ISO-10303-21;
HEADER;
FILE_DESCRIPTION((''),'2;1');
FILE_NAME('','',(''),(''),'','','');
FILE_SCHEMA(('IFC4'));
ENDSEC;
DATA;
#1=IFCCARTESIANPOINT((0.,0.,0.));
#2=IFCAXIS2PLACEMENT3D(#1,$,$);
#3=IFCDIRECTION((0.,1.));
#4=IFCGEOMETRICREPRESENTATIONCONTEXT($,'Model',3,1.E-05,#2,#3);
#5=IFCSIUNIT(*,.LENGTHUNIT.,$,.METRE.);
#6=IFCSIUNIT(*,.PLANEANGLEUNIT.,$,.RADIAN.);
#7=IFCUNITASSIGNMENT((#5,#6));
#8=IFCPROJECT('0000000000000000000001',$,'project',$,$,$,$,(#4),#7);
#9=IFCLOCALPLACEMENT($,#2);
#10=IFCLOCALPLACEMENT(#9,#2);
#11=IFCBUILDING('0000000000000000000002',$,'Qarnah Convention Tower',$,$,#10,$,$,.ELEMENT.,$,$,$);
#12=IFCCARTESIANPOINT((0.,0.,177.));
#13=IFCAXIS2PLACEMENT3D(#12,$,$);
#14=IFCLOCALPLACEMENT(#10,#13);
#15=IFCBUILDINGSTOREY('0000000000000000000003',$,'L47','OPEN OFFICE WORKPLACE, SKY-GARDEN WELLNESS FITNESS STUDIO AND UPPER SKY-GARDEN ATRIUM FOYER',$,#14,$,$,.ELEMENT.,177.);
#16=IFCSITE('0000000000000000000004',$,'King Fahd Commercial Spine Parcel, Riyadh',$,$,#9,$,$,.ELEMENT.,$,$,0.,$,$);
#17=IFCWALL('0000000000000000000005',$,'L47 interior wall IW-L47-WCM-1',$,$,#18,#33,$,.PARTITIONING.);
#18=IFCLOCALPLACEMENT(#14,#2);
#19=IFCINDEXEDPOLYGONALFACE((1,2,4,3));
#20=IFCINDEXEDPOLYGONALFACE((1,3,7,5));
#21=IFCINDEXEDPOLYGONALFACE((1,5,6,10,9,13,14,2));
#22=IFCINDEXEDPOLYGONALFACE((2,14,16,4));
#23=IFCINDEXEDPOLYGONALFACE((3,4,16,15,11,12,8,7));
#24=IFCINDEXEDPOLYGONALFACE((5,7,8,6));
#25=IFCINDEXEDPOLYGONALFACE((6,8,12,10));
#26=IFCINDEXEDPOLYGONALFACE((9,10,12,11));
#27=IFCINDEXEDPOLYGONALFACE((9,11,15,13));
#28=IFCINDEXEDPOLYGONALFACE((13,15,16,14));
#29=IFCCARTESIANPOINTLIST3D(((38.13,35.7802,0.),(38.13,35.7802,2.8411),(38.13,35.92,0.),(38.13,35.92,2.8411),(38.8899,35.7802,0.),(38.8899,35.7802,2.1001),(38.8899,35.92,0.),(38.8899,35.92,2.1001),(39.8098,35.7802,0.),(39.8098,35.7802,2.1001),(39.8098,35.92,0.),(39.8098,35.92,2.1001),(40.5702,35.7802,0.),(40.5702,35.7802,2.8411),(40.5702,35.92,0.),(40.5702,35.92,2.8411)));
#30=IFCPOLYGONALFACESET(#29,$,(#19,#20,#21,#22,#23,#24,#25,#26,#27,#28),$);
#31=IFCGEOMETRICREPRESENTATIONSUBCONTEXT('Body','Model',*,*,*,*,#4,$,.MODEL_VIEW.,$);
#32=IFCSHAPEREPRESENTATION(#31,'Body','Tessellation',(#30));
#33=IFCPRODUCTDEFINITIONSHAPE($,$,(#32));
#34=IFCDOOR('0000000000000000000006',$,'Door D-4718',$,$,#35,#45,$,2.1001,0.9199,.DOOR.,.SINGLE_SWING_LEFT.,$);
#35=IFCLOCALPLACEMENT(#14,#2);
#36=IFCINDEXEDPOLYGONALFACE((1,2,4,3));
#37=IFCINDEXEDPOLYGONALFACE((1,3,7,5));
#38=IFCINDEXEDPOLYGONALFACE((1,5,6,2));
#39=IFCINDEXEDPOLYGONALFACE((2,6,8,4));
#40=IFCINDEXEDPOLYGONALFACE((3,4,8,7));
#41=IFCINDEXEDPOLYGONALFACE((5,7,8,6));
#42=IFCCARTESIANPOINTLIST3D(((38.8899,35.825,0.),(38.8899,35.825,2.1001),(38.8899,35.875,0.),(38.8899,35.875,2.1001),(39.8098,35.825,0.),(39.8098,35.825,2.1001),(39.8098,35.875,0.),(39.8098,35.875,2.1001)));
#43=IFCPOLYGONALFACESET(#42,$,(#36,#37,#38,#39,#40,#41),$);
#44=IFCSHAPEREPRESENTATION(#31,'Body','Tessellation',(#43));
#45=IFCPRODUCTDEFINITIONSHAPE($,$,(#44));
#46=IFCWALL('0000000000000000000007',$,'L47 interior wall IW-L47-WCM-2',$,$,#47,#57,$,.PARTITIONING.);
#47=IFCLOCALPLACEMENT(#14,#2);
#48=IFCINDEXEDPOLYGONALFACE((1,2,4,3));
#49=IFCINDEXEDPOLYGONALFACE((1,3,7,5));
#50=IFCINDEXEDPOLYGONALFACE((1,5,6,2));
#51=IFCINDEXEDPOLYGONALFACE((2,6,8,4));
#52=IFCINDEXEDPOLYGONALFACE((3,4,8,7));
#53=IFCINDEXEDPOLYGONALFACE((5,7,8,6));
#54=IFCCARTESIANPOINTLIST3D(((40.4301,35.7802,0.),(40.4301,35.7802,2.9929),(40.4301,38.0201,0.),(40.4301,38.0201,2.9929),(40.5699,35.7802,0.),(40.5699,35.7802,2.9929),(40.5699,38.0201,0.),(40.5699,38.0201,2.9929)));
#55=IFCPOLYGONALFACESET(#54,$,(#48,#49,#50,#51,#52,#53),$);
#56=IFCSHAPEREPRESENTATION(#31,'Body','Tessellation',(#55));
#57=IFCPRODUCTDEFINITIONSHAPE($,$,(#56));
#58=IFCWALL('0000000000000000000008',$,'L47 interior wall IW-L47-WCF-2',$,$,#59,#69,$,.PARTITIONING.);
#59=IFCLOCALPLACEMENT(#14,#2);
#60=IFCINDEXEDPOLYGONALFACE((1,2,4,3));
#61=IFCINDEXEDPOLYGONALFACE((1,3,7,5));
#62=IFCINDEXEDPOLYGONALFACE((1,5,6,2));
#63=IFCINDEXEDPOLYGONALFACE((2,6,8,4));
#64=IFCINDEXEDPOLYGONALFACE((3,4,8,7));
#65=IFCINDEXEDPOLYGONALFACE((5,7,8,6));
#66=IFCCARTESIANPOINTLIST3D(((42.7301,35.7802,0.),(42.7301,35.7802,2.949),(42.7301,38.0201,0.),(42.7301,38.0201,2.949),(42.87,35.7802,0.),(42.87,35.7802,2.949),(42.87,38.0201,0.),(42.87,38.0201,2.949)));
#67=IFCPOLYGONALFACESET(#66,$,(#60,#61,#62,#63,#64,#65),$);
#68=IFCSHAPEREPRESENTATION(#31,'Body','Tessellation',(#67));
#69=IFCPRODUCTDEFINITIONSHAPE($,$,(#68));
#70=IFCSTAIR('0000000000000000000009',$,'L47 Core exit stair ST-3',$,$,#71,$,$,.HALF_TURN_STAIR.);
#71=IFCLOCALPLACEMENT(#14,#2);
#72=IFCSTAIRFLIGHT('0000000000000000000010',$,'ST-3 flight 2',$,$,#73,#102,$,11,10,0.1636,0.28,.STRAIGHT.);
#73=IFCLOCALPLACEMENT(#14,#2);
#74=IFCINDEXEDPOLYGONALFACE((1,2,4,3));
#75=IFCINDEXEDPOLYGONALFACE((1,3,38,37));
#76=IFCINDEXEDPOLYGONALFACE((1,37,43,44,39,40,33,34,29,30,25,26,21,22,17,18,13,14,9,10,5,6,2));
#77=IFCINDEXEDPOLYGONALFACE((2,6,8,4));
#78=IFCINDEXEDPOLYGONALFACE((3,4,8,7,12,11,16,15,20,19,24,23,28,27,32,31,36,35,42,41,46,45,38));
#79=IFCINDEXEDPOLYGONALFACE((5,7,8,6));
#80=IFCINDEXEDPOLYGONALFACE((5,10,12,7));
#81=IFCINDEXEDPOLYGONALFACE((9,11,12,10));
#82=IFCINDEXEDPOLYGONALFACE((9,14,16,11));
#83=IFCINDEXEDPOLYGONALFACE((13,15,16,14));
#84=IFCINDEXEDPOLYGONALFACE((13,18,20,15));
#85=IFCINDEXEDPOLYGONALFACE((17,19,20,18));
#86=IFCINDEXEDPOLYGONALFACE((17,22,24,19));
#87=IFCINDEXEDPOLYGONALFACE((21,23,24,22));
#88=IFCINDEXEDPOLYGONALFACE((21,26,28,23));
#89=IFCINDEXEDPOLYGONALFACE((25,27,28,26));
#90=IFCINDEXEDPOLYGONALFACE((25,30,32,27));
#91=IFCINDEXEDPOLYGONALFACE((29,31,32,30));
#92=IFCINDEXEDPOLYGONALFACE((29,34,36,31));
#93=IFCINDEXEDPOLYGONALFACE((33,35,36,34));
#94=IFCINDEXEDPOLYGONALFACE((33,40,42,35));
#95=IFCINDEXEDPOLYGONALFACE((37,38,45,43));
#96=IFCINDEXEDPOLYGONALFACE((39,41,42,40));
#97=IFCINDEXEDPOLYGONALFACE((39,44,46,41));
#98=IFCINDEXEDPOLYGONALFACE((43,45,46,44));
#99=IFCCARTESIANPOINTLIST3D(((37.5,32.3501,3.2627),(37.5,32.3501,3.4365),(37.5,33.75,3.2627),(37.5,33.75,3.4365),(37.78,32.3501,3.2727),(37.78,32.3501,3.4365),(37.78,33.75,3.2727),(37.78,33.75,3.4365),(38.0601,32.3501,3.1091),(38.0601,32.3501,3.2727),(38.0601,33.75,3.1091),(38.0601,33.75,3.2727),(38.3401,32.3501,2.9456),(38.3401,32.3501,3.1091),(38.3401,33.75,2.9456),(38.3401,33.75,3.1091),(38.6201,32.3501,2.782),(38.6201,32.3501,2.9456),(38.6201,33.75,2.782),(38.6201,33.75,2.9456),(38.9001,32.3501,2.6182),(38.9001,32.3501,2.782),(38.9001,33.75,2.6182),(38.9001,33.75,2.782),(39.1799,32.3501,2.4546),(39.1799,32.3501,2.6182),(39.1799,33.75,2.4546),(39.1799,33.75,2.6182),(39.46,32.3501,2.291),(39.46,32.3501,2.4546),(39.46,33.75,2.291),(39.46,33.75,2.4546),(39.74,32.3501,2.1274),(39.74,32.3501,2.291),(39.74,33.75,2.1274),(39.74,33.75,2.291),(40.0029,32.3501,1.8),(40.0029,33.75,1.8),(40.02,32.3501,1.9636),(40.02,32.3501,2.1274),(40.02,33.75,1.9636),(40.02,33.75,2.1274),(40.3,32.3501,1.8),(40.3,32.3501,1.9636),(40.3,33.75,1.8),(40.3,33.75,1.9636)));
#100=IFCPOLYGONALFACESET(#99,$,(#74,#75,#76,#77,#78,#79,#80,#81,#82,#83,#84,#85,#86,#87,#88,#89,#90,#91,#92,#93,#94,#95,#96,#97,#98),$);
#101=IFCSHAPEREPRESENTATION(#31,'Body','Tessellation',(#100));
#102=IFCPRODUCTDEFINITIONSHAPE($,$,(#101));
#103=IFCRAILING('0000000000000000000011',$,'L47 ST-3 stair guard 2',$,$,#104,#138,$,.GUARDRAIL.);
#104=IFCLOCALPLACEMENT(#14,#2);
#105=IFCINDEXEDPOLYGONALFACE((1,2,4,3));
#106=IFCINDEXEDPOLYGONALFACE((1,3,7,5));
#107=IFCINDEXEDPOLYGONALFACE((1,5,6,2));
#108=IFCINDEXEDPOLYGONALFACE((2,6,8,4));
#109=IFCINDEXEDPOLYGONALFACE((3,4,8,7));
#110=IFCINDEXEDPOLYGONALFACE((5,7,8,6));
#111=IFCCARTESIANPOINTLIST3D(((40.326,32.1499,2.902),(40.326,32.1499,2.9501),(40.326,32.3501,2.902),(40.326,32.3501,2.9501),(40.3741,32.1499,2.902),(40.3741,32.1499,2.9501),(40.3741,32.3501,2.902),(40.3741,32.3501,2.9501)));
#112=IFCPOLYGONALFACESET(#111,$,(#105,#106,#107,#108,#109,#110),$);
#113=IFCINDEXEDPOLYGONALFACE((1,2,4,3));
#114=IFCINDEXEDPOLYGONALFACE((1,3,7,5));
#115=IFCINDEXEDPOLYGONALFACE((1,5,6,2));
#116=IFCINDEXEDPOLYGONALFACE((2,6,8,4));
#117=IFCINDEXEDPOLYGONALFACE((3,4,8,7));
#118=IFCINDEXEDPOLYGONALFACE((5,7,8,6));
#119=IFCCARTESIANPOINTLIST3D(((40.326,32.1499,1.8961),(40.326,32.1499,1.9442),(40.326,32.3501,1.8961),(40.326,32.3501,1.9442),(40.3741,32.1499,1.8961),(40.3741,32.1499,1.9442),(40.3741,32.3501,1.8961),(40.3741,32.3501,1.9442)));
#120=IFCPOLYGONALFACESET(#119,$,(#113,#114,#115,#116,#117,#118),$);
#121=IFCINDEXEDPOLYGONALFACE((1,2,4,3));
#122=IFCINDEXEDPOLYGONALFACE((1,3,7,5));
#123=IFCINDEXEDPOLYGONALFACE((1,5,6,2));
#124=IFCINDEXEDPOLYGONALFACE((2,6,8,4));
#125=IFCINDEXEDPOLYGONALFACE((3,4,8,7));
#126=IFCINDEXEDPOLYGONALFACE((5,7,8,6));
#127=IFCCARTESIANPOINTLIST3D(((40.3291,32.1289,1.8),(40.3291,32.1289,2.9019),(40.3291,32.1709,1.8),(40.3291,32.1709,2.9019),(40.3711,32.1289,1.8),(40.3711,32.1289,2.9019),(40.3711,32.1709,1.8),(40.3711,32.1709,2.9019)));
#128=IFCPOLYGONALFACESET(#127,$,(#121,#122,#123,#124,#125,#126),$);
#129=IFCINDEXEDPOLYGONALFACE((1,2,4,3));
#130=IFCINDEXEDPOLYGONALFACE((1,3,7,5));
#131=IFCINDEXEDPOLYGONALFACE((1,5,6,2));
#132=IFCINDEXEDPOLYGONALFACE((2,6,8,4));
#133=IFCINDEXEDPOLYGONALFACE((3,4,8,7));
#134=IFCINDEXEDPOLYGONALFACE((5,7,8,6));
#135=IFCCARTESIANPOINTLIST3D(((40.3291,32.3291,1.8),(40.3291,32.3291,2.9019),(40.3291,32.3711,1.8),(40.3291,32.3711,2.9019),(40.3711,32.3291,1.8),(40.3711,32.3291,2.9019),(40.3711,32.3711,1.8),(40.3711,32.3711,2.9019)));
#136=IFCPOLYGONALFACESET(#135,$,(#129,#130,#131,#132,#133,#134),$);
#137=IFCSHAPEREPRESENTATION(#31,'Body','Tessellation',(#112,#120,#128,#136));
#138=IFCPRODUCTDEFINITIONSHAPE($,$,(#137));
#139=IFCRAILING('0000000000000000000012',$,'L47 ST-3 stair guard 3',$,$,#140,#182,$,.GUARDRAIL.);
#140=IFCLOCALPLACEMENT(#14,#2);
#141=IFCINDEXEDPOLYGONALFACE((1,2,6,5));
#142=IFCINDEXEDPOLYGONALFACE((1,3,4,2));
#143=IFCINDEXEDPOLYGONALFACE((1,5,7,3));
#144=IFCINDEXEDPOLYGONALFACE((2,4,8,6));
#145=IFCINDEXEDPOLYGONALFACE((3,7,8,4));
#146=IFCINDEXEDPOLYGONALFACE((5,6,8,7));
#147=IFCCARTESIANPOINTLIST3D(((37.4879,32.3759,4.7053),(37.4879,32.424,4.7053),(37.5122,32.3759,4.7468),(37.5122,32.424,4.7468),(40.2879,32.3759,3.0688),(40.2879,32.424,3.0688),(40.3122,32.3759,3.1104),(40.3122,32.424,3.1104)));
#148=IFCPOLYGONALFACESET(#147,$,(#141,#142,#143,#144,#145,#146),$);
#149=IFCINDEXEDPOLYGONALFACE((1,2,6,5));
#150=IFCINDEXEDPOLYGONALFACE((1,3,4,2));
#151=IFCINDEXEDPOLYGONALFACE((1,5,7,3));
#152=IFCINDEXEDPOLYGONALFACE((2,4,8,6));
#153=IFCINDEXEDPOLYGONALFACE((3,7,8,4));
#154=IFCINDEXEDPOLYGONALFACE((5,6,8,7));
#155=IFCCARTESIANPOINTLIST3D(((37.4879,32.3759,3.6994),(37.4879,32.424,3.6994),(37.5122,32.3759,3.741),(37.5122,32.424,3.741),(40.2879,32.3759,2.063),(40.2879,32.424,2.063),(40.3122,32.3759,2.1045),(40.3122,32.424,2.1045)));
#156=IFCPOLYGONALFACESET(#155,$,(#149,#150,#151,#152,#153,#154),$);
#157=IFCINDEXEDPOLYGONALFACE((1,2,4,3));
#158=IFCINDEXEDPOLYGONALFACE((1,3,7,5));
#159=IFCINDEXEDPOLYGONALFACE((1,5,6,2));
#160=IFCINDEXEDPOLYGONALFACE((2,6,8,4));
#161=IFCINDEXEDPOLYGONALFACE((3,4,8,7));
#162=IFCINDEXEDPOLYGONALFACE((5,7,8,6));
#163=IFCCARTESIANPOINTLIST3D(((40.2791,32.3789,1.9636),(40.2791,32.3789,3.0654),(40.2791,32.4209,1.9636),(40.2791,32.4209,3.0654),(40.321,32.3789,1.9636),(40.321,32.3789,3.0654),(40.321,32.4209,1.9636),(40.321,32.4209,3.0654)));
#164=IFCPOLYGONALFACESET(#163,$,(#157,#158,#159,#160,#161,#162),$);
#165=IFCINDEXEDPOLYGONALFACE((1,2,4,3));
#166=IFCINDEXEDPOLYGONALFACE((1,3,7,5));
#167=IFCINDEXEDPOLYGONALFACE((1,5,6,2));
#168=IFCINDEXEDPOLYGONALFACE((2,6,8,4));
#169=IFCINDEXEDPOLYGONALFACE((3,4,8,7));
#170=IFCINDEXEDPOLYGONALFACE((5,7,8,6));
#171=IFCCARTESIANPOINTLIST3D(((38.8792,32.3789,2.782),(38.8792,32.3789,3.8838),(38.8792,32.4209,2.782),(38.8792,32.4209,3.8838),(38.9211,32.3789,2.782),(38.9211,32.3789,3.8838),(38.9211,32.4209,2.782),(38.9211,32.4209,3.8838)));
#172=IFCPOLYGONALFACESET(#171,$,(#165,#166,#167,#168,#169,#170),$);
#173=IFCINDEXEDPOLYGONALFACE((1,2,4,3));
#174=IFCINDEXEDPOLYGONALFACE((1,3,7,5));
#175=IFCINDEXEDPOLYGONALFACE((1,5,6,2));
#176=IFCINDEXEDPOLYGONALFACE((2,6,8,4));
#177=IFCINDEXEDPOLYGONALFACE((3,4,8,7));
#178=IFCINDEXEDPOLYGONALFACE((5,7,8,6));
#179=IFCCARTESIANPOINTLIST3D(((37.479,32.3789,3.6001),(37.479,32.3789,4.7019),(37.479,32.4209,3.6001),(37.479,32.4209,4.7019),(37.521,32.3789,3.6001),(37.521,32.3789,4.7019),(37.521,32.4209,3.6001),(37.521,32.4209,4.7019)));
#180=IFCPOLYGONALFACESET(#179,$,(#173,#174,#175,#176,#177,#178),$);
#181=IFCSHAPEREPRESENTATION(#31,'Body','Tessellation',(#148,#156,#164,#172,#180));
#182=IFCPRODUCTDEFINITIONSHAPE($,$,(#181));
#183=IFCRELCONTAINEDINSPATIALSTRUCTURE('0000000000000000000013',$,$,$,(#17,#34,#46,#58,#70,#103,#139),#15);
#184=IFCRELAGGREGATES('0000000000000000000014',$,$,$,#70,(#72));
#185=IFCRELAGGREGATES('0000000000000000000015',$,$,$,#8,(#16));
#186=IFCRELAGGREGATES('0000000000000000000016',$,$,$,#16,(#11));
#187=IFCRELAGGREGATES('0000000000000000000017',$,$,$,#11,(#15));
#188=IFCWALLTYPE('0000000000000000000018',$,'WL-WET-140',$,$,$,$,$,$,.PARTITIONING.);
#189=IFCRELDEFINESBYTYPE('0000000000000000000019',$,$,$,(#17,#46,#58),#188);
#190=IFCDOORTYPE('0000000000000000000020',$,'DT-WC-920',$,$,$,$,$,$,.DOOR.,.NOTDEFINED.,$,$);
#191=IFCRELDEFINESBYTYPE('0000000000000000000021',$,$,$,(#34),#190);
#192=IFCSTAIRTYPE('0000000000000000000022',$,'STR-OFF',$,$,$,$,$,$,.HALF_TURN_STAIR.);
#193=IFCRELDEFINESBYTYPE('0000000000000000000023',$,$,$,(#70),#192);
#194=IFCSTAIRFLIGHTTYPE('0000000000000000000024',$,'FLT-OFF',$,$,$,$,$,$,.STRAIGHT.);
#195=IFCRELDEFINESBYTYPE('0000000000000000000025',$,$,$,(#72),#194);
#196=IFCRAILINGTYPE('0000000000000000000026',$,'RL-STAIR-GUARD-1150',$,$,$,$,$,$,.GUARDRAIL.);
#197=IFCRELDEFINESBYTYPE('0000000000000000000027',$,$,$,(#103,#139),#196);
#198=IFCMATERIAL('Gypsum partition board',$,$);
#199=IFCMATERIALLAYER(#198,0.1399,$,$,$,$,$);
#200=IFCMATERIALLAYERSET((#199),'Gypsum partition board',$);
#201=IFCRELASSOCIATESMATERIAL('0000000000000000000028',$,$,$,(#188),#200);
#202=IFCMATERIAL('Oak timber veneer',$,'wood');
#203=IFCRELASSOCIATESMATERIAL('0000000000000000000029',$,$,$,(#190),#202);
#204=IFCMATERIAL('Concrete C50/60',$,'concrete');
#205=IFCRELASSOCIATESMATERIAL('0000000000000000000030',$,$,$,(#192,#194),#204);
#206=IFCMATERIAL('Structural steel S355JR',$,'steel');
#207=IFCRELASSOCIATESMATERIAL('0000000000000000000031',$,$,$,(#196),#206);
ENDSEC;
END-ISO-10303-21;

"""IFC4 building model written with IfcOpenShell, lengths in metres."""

from ifc_helpers import new_model, si_unit, direction, frame, frame_2d, origin, origin_2d, place, context, subcontext, project, spatial, polyline, rectangle, outline, extrude, material, layer, layer_set, type_object, element, fill, aggregate, save


model = new_model("IFC4")

# Units and contexts
model_context = context("Model", 3, precision=1e-05, world=origin(), true_north=direction((0.0, 1.0)))
body_context = subcontext(model_context, "Body", "Model", "MODEL_VIEW")
ifc_project = project(units=[si_unit("LENGTHUNIT", "METRE"), si_unit("PLANEANGLEUNIT", "RADIAN")], contexts=[model_context])

# Site, building, storey
site_placement = place(None, origin())
site = spatial("IfcSite", under=ifc_project, at=site_placement, Name="King Fahd Commercial Spine Parcel, Riyadh", CompositionType="ELEMENT", RefElevation=0.0)
building_placement = place(site_placement, origin())
building = spatial("IfcBuilding", under=site, at=building_placement, Name="Qarnah Convention Tower", CompositionType="ELEMENT")
storey_placement = place(building_placement, frame((0.0, 0.0, 177.0)))
storey = spatial("IfcBuildingStorey", under=building, at=storey_placement, Name="L47", Description="OPEN OFFICE WORKPLACE, SKY-GARDEN WELLNESS FITNESS STUDIO AND UPPER SKY-GARDEN ATRIUM FOYER", CompositionType="ELEMENT", Elevation=177.0)

# Shared definitions
ifc_material_1 = material(Name="Structural steel S355JR", Category="steel")

# Shared definitions
ifc_material_2 = material(Name="Gypsum partition board")

# Wall, opening, door
ifc_layer_1 = layer(ifc_material_2, 0.1399)
ifc_layer_set_1 = layer_set([ifc_layer_1], Name="Gypsum partition board")
wall_type_1 = type_object("IfcWallType", Name="WL-WET-140", PredefinedType="PARTITIONING", material=ifc_layer_set_1)
wall_1_placement = place(storey_placement, frame((38.1299, 35.8501, 0.0), z_axis=(0.0, 0.0, 1.0), x_axis=(1.0, 0.0, 0.0)))
wall_1 = element("IfcWall", 1, at=wall_1_placement, inside=storey, type_object=wall_type_1, Name="L47 interior wall IW-L47-WCM-1", PredefinedType="PARTITIONING", context=body_context, shape_type="SweptSolid", body=[
    extrude(rectangle(XDim=2.4402, YDim=0.1399, at=frame_2d((1.2202, 0.0))), origin(), (0.0, 0.0, 1.0), 2.8411),
])
opening_1_placement = place(wall_1_placement, frame((0.76, 0.0, 0.0)))
opening_1 = element("IfcOpeningElement", 2, at=opening_1_placement, cuts=wall_1, PredefinedType="OPENING", context=body_context, shape_type="SweptSolid", body=[
    extrude(rectangle(XDim=0.9199, YDim=2.1001, at=frame_2d((0.46, 1.05))), frame((0.0, 0.0798, 0.0), z_axis=(0.0, -1.0, 0.0), x_axis=(1.0, 0.0, 0.0)), (0.0, 0.0, 1.0), 0.1599),
])
ifc_material_3 = material(Name="Oak timber veneer", Category="wood")
door_type_1 = type_object("IfcDoorType", Name="DT-WC-920", OperationType="NOTDEFINED", PredefinedType="DOOR", material=ifc_material_3)
door_1_placement = place(opening_1_placement, origin())
door_1 = element("IfcDoor", 3, at=door_1_placement, inside=storey, type_object=door_type_1, Name="Door D-4718", OperationType="SINGLE_SWING_LEFT", OverallHeight=2.1001, OverallWidth=0.9199, PredefinedType="DOOR", context=body_context, shape_type="SweptSolid", body=[
    extrude(rectangle(XDim=0.9199, YDim=2.1001, at=frame_2d((0.46, 1.05))), frame((0.0, 0.0249, 0.0), z_axis=(0.0, -1.0, 0.0), x_axis=(1.0, 0.0, 0.0)), (0.0, 0.0, 1.0), 0.05),
])
fill(opening_1, door_1)

# Walls
wall_2_placement = place(storey_placement, frame((40.5, 35.78, 0.0), z_axis=(0.0, 0.0, 1.0), x_axis=(0.0, 1.0, 0.0)))
element("IfcWall", 4, at=wall_2_placement, inside=storey, type_object=wall_type_1, Name="L47 interior wall IW-L47-WCM-2", PredefinedType="PARTITIONING", context=body_context, shape_type="SweptSolid", body=[
    extrude(rectangle(XDim=2.24, YDim=0.1399, at=frame_2d((1.1201, 0.0))), origin(), (0.0, 0.0, 1.0), 2.9929),
])
wall_3_placement = place(storey_placement, frame((42.8, 35.78, 0.0), z_axis=(0.0, 0.0, 1.0), x_axis=(0.0, 1.0, 0.0)))
element("IfcWall", 5, at=wall_3_placement, inside=storey, type_object=wall_type_1, Name="L47 interior wall IW-L47-WCF-2", PredefinedType="PARTITIONING", context=body_context, shape_type="SweptSolid", body=[
    extrude(rectangle(XDim=2.24, YDim=0.1399, at=frame_2d((1.1201, 0.0))), origin(), (0.0, 0.0, 1.0), 2.949),
])

# Stair, stair flight
ifc_material_4 = material(Name="Concrete C50/60", Category="concrete")
stair_type = type_object("IfcStairType", Name="STR-OFF", PredefinedType="HALF_TURN_STAIR", material=ifc_material_4)
stair_placement = place(storey_placement, origin())
stair = element("IfcStair", 6, at=stair_placement, inside=storey, type_object=stair_type, Name="L47 Core exit stair ST-3", PredefinedType="HALF_TURN_STAIR")
stair_flight_type = type_object("IfcStairFlightType", Name="FLT-OFF", PredefinedType="STRAIGHT", material=ifc_material_4)
stair_flight_placement = place(storey_placement, frame((40.3, 33.05, 1.8), z_axis=(0.0, 0.0, 1.0), x_axis=(-1.0, 0.0, 0.0)))
stair_flight = element("IfcStairFlight", 7, at=stair_flight_placement, type_object=stair_flight_type, Name="ST-3 flight 2", NumberOfRisers=11, NumberOfTreads=10, PredefinedType="STRAIGHT", RiserHeight=0.1636, TreadLength=0.28, context=body_context, shape_type="SweptSolid", body=[
    extrude(outline(polyline([(0.0, 0.0), (0.0, 0.1636), (0.28, 0.1636), (0.28, 0.3274), (0.5601, 0.3274), (0.5601, 0.491), (0.8401, 0.491), (0.8401, 0.6545), (1.1201, 0.6545), (1.1201, 0.8181), (1.3999, 0.8181), (1.3999, 0.9819), (1.6799, 0.9819), (1.6799, 1.1455), (1.96, 1.1455), (1.96, 1.3091), (2.24, 1.3091), (2.24, 1.4727), (2.52, 1.4727), (2.52, 1.6365), (2.8, 1.6365), (2.8, 1.8), (2.8, 1.4626), (0.2971, 0.0), (0.0, 0.0)])), frame((0.0, 0.7, 0.0), z_axis=(0.0, -1.0, 0.0), x_axis=(1.0, 0.0, 0.0)), (0.0, 0.0, 1.0), 1.3999),
])
aggregate(stair, [stair_flight])

# Railings
railing_type_1 = type_object("IfcRailingType", Name="RL-STAIR-GUARD-1150", PredefinedType="GUARDRAIL", material=ifc_material_1)
railing_1_placement = place(storey_placement, frame((40.3501, 32.1499, 1.8)))
element("IfcRailing", 8, at=railing_1_placement, inside=storey, type_object=railing_type_1, Name="L47 ST-3 stair guard 2", PredefinedType="GUARDRAIL", context=body_context, shape_type="SweptSolid", body=[
    extrude(rectangle(XDim=0.0481, YDim=0.0481, at=origin_2d()), frame((0.0, 0.0, 1.126), z_axis=(0.0, 1.0, 0.0), x_axis=(-1.0, 0.0, 0.0)), (0.0, 0.0, 1.0), 0.2002),
    extrude(rectangle(XDim=0.0481, YDim=0.0481, at=origin_2d()), frame((0.0, 0.0, 0.1201), z_axis=(0.0, 1.0, 0.0), x_axis=(-1.0, 0.0, 0.0)), (0.0, 0.0, 1.0), 0.2002),
    extrude(rectangle(XDim=0.042, YDim=0.042, at=origin_2d()), origin(), (0.0, 0.0, 1.0), 1.1018),
    extrude(rectangle(XDim=0.042, YDim=0.042, at=origin_2d()), frame((0.0, 0.2002, 0.0)), (0.0, 0.0, 1.0), 1.1018),
])
railing_2_placement = place(storey_placement, frame((40.3, 32.3999, 1.9636)))
element("IfcRailing", 9, at=railing_2_placement, inside=storey, type_object=railing_type_1, Name="L47 ST-3 stair guard 3", PredefinedType="GUARDRAIL", context=body_context, shape_type="SweptSolid", body=[
    extrude(rectangle(XDim=0.0481, YDim=0.0481, at=origin_2d()), frame((0.0, 0.0, 1.126), z_axis=(-0.863361, 0.0, 0.504587), x_axis=(0.0, -1.0, 0.0)), (0.0, 0.0, 1.0), 3.2432),
    extrude(rectangle(XDim=0.0481, YDim=0.0481, at=origin_2d()), frame((0.0, 0.0, 0.1201), z_axis=(-0.863361, 0.0, 0.504587), x_axis=(0.0, -1.0, 0.0)), (0.0, 0.0, 1.0), 3.2432),
    extrude(rectangle(XDim=0.042, YDim=0.042, at=origin_2d()), origin(), (0.0, 0.0, 1.0), 1.1018),
    extrude(rectangle(XDim=0.042, YDim=0.042, at=origin_2d()), frame((-1.3999, 0.0, 0.8184)), (0.0, 0.0, 1.0), 1.1018),
    extrude(rectangle(XDim=0.042, YDim=0.042, at=origin_2d()), frame((-2.8, 0.0, 1.6365)), (0.0, 0.0, 1.0), 1.1018),
])

save(model, "model.ifc")
